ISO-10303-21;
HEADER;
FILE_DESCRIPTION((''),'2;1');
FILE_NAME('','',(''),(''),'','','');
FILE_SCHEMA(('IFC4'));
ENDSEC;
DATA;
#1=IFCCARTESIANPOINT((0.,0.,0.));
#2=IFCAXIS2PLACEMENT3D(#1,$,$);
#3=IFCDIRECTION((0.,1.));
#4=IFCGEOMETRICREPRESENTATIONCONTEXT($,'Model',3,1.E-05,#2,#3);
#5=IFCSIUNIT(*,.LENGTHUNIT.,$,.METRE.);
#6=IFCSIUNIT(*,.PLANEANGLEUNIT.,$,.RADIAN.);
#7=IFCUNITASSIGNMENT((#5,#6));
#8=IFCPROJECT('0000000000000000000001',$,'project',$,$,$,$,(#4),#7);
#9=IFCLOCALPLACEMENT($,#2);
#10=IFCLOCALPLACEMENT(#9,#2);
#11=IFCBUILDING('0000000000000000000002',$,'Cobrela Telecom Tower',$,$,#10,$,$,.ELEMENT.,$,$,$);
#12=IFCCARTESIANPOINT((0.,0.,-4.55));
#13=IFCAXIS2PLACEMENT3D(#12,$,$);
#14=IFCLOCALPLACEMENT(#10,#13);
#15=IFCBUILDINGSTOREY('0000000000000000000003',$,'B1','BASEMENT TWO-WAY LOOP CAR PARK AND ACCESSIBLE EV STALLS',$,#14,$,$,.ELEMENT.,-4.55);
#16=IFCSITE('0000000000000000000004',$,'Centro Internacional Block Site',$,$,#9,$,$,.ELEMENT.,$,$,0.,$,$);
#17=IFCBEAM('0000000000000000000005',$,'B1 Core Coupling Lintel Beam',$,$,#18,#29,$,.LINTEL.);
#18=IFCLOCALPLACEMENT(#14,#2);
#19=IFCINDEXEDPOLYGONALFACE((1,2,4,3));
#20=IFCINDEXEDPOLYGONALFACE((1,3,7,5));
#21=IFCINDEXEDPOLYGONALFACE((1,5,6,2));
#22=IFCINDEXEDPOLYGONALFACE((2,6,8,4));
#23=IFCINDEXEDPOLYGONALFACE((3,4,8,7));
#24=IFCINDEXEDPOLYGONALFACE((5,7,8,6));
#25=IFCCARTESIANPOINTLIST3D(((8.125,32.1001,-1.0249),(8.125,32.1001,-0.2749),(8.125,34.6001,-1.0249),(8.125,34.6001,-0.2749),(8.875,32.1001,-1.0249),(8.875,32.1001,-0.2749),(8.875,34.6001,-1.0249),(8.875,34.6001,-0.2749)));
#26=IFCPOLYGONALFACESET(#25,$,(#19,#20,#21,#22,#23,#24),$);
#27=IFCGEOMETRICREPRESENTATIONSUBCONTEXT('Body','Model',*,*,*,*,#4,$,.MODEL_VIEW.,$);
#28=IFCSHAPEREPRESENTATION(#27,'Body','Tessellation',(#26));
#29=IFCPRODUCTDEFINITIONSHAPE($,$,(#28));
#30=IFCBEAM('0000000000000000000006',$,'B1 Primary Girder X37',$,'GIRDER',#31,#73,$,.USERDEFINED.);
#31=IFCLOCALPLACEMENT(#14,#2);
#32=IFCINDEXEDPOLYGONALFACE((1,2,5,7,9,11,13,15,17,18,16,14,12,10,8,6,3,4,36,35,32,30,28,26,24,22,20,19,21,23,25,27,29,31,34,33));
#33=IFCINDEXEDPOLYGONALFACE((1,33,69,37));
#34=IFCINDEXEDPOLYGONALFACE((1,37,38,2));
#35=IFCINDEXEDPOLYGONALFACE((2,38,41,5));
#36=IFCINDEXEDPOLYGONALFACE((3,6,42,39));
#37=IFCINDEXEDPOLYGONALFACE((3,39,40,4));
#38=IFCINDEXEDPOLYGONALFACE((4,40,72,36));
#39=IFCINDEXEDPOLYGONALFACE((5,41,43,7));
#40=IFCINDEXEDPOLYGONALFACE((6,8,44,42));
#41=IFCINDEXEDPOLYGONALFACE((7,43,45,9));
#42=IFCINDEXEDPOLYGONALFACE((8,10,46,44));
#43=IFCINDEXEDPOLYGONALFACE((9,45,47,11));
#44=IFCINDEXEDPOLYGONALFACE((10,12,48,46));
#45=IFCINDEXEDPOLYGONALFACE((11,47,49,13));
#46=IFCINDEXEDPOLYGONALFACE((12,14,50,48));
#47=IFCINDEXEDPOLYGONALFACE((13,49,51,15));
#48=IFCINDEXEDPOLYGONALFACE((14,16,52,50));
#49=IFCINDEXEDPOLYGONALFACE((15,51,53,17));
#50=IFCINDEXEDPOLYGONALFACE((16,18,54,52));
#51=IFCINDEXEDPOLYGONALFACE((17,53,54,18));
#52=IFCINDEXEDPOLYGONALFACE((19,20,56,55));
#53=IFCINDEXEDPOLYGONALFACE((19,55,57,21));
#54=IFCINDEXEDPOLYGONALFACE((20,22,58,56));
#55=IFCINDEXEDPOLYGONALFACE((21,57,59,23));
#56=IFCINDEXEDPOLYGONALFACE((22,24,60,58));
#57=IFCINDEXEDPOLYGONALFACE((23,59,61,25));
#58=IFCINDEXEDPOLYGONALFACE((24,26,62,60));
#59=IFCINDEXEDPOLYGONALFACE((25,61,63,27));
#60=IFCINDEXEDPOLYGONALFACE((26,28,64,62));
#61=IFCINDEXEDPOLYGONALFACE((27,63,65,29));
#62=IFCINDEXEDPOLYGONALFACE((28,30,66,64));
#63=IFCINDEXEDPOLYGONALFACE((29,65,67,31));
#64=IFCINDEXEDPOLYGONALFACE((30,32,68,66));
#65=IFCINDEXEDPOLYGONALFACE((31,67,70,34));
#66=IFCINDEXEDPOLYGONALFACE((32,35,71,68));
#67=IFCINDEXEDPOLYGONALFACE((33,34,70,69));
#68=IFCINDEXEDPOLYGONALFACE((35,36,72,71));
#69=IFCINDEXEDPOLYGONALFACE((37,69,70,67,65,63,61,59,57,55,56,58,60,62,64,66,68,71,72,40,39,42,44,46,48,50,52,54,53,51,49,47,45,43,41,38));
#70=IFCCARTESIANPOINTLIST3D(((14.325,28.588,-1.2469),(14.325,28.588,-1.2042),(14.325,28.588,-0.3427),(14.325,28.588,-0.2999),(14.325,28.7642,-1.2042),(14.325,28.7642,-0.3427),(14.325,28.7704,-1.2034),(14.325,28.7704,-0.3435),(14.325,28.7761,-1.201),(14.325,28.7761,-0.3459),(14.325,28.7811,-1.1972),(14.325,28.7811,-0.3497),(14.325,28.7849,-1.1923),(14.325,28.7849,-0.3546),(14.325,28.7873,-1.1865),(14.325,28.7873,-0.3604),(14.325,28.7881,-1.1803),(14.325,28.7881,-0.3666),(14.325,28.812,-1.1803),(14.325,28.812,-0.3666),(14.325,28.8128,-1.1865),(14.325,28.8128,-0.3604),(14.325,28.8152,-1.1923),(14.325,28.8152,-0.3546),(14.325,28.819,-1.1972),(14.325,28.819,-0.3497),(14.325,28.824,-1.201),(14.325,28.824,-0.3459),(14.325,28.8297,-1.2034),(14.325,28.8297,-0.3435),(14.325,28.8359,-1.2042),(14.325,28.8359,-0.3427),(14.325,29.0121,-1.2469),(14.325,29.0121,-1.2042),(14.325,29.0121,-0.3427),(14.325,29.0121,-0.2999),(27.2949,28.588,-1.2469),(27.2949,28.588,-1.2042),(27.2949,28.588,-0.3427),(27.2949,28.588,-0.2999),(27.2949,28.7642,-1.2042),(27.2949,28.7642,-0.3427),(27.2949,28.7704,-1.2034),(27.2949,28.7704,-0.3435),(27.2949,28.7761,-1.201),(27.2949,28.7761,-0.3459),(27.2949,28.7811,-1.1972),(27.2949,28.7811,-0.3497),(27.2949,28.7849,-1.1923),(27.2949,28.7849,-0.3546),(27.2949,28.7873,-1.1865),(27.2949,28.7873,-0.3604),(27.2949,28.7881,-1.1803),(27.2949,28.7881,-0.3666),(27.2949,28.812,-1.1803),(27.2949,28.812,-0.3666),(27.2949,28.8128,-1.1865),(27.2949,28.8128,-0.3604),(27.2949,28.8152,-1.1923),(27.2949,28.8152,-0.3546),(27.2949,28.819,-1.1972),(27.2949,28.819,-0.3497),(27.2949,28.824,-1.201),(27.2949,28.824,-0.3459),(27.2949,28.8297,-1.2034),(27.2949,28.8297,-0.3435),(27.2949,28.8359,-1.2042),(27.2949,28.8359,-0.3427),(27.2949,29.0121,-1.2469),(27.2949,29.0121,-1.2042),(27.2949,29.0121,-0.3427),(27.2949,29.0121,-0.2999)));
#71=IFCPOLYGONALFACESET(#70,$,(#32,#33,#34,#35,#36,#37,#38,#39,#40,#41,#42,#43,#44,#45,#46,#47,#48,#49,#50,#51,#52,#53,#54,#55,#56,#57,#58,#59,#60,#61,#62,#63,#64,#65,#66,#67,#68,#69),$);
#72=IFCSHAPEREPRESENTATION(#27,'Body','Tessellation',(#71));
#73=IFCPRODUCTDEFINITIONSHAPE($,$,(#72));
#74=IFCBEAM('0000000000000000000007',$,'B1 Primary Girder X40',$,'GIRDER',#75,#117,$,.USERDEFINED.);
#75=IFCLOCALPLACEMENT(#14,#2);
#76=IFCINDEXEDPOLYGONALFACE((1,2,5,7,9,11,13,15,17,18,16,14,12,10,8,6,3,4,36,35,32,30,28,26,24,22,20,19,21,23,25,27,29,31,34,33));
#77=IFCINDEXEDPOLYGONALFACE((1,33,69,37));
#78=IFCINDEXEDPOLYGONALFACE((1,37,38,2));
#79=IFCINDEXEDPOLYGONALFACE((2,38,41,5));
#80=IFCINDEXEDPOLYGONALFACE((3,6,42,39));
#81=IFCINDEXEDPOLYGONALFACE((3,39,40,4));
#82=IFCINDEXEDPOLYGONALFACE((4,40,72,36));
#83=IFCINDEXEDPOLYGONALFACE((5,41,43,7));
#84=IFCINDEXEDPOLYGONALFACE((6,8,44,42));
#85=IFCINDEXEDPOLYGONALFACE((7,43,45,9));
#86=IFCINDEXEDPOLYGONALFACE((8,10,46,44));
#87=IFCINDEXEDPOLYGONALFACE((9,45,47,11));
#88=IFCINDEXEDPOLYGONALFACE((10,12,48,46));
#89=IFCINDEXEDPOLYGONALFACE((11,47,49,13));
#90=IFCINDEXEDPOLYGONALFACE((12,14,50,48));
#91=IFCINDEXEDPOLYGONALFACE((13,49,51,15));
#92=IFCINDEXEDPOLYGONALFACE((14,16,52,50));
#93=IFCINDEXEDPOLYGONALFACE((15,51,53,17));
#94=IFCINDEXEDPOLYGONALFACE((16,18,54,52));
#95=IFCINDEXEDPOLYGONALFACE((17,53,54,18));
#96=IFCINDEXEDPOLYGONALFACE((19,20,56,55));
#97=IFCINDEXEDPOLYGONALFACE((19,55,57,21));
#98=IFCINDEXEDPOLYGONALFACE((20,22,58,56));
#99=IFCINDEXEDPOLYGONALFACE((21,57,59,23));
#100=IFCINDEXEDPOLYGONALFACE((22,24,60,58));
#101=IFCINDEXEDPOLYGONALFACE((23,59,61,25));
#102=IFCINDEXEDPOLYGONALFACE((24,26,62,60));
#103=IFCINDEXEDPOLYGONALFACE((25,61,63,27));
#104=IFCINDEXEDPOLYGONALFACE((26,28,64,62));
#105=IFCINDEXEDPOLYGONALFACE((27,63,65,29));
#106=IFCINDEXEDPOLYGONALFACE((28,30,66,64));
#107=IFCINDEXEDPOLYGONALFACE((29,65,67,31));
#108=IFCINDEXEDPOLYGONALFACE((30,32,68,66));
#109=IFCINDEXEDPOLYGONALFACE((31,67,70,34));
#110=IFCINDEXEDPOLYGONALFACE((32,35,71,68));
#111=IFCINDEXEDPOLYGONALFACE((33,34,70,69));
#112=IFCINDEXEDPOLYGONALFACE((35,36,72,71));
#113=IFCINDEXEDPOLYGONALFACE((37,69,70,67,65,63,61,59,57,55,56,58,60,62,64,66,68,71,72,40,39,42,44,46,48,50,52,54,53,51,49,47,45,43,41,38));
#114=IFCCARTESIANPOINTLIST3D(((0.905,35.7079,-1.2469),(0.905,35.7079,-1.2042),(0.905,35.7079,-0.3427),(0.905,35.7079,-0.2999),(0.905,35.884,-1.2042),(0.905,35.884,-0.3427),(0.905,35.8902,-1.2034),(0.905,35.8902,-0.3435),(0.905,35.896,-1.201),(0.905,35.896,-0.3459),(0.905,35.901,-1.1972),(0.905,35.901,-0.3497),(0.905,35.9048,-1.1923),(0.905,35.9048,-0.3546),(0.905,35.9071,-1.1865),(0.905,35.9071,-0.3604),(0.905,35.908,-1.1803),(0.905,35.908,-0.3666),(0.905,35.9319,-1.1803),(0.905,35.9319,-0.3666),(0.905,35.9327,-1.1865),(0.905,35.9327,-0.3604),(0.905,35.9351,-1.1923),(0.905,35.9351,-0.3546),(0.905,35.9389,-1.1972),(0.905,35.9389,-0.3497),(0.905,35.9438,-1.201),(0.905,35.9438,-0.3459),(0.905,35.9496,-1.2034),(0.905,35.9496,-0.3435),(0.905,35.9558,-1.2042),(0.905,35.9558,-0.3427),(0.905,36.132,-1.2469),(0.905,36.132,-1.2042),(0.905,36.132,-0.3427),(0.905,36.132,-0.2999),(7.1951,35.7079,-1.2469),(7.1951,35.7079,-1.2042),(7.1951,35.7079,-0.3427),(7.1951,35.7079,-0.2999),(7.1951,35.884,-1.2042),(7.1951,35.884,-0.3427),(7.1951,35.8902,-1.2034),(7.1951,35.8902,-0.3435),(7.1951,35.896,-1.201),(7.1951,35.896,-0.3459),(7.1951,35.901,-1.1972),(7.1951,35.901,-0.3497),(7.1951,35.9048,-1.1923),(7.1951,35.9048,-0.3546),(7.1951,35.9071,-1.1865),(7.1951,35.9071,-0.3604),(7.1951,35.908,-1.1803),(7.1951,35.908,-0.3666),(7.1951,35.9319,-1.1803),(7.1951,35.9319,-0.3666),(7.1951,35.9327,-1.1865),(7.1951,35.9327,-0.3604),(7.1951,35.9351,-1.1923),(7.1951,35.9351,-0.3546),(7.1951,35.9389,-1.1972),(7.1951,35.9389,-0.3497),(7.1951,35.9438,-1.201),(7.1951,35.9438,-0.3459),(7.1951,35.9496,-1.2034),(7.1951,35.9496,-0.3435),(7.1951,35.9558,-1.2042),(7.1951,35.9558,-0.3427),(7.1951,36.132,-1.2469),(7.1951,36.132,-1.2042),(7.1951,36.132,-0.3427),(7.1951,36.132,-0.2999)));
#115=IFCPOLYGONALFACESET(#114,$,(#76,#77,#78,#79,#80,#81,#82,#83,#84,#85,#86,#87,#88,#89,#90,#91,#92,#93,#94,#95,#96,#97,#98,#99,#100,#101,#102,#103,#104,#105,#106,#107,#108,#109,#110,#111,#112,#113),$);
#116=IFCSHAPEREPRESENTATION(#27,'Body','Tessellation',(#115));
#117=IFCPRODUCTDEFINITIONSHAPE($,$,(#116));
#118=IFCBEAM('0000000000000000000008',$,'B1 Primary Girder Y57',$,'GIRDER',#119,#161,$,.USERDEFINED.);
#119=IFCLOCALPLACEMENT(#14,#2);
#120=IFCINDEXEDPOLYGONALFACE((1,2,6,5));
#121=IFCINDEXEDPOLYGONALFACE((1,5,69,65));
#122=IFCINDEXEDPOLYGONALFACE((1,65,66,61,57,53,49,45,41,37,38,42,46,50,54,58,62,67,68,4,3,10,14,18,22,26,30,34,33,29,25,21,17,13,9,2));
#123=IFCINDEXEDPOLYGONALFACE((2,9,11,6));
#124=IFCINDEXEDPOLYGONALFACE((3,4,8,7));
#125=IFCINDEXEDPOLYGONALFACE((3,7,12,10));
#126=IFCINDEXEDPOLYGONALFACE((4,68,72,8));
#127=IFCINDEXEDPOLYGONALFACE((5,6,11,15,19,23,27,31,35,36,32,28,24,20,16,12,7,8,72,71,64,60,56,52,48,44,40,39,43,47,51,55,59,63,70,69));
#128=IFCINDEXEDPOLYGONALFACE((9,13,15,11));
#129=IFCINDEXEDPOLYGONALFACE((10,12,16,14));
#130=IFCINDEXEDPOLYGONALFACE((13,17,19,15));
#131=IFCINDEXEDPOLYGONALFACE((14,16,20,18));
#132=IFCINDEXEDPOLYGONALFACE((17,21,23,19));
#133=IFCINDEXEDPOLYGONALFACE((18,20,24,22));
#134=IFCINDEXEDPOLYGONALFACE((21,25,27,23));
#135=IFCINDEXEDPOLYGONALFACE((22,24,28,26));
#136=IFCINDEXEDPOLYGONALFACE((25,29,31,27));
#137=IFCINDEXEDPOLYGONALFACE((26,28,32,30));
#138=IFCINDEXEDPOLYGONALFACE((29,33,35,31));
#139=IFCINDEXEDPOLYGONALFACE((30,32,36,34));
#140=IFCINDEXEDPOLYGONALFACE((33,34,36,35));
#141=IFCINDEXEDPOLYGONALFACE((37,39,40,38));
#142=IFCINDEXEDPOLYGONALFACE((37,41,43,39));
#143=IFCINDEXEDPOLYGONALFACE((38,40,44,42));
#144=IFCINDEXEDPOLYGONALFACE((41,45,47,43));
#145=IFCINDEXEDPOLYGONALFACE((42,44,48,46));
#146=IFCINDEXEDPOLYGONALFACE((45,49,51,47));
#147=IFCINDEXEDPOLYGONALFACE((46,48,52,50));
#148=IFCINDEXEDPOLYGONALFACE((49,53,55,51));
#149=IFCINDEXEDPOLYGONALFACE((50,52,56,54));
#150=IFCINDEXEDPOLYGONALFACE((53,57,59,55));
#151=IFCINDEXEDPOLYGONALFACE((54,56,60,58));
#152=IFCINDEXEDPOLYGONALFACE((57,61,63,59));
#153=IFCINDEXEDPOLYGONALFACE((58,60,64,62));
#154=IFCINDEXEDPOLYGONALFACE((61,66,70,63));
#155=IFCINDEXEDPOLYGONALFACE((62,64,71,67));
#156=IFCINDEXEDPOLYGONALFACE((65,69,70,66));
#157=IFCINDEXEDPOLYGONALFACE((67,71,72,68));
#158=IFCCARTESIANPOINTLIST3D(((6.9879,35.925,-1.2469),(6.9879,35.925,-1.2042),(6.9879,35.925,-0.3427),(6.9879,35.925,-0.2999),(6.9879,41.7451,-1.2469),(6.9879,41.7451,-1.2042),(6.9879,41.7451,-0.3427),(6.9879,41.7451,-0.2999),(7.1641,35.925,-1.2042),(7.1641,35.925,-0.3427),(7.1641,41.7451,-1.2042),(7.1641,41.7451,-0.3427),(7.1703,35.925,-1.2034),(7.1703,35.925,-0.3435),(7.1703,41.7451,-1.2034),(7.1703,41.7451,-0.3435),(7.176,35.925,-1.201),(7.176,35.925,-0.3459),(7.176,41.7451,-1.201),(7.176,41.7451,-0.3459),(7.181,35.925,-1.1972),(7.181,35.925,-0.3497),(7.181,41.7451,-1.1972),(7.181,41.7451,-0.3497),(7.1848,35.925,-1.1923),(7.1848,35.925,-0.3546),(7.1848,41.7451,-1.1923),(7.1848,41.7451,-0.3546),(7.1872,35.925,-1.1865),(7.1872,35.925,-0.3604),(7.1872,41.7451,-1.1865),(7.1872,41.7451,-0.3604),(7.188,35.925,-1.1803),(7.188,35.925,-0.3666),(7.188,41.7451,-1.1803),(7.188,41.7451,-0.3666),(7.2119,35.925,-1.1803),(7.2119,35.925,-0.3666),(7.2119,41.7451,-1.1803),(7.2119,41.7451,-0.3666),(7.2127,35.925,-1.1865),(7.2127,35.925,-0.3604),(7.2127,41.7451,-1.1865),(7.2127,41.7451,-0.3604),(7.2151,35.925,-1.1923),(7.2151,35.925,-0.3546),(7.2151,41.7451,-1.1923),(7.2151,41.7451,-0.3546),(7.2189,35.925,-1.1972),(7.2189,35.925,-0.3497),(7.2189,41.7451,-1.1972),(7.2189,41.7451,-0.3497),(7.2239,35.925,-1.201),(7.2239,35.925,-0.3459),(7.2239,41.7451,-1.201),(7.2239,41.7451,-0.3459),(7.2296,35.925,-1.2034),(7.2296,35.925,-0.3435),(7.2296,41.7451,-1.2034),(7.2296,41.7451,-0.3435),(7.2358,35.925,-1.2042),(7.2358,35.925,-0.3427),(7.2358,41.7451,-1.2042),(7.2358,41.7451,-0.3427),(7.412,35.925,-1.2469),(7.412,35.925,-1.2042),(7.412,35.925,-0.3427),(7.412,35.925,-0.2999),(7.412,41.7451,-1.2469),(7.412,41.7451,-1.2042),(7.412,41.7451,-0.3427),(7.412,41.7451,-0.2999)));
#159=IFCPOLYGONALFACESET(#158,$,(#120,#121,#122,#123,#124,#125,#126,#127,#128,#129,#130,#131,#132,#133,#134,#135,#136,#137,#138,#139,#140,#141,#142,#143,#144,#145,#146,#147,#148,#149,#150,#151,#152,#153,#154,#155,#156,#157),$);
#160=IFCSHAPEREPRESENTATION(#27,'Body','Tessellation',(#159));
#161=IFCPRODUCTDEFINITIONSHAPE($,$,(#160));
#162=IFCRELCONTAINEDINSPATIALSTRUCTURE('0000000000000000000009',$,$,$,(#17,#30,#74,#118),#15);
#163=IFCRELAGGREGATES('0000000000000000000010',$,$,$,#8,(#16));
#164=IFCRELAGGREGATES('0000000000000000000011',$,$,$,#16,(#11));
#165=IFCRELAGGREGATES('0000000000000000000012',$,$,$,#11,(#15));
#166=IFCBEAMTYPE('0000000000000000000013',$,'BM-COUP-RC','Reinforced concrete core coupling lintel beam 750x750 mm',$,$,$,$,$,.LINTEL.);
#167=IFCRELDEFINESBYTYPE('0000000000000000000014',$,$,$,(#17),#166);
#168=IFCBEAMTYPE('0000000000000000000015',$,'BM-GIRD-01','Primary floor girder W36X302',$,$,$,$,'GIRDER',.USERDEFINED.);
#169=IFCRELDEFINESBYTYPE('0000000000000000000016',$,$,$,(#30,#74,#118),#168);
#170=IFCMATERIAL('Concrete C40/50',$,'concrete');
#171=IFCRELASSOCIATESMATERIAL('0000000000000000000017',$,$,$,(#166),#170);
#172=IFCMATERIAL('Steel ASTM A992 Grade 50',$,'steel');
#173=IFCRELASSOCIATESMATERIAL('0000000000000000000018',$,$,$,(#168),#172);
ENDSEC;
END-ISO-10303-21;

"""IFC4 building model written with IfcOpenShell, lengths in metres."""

from ifc_helpers import new_model, si_unit, direction, frame, origin, origin_2d, place, context, subcontext, project, spatial, rectangle, i_section, extrude, material, material_profile, profile_set, type_object, element, save


model = new_model("IFC4")

# Units and contexts
model_context = context("Model", 3, precision=1e-05, world=origin(), true_north=direction((0.0, 1.0)))
body_context = subcontext(model_context, "Body", "Model", "MODEL_VIEW")
ifc_project = project(units=[si_unit("LENGTHUNIT", "METRE"), si_unit("PLANEANGLEUNIT", "RADIAN")], contexts=[model_context])

# Site, building, storey
site_placement = place(None, origin())
site = spatial("IfcSite", under=ifc_project, at=site_placement, Name="Centro Internacional Block Site", CompositionType="ELEMENT", RefElevation=0.0)
building_placement = place(site_placement, origin())
building = spatial("IfcBuilding", under=site, at=building_placement, Name="Cobrela Telecom Tower", CompositionType="ELEMENT")
storey_placement = place(building_placement, frame((0.0, 0.0, -4.55)))
storey = spatial("IfcBuildingStorey", under=building, at=storey_placement, Name="B1", Description="BASEMENT TWO-WAY LOOP CAR PARK AND ACCESSIBLE EV STALLS", CompositionType="ELEMENT", Elevation=-4.55)

# Beams
ifc_material_1 = material(Name="Concrete C40/50", Category="concrete")
ifc_material_profile_1 = material_profile(ifc_material_1, rectangle(XDim=0.75, YDim=0.75, at=origin_2d()), Name="RC 750x750")
ifc_profile_set_1 = profile_set([ifc_material_profile_1], Name="Concrete C40/50")
beam_type_1 = type_object("IfcBeamType", Name="BM-COUP-RC", Description="Reinforced concrete core coupling lintel beam 750x750 mm", PredefinedType="LINTEL", material=ifc_profile_set_1)
beam_1_placement = place(storey_placement, frame((8.5, 32.1001, -0.6499), z_axis=(0.0, 1.0, 0.0), x_axis=(-1.0, 0.0, 0.0)))
element("IfcBeam", 1, at=beam_1_placement, inside=storey, type_object=beam_type_1, Name="B1 Core Coupling Lintel Beam", PredefinedType="LINTEL", context=body_context, shape_type="SweptSolid", body=[
    extrude(rectangle(XDim=0.75, YDim=0.75, at=origin_2d()), origin(), (0.0, 0.0, 1.0), 2.5),
])
ifc_material_2 = material(Name="Steel ASTM A992 Grade 50", Category="steel")
ifc_material_profile_2 = material_profile(ifc_material_2, i_section(OverallWidth=0.4241, OverallDepth=0.947, WebThickness=0.0239, FlangeThickness=0.0427, FilletRadius=0.0239, at=origin_2d()), Name="W36X302")
ifc_profile_set_2 = profile_set([ifc_material_profile_2], Name="Steel ASTM A992 Grade 50")
beam_type_2 = type_object("IfcBeamType", Name="BM-GIRD-01", Description="Primary floor girder W36X302", ElementType="GIRDER", PredefinedType="USERDEFINED", material=ifc_profile_set_2)
beam_2_placement = place(storey_placement, frame((14.325, 28.8, -0.7734), z_axis=(1.0, 0.0, 0.0), x_axis=(0.0, 1.0, 0.0)))
element("IfcBeam", 2, at=beam_2_placement, inside=storey, type_object=beam_type_2, Name="B1 Primary Girder X37", ObjectType="GIRDER", PredefinedType="USERDEFINED", context=body_context, shape_type="SweptSolid", body=[
    extrude(i_section(OverallWidth=0.4241, OverallDepth=0.947, WebThickness=0.0239, FlangeThickness=0.0427, FilletRadius=0.0239, at=origin_2d()), origin(), (0.0, 0.0, 1.0), 12.97),
])
beam_3_placement = place(storey_placement, frame((0.905, 35.9199, -0.7734), z_axis=(1.0, 0.0, 0.0), x_axis=(0.0, 1.0, 0.0)))
element("IfcBeam", 3, at=beam_3_placement, inside=storey, type_object=beam_type_2, Name="B1 Primary Girder X40", ObjectType="GIRDER", PredefinedType="USERDEFINED", context=body_context, shape_type="SweptSolid", body=[
    extrude(i_section(OverallWidth=0.4241, OverallDepth=0.947, WebThickness=0.0239, FlangeThickness=0.0427, FilletRadius=0.0239, at=origin_2d()), origin(), (0.0, 0.0, 1.0), 6.29),
])
beam_4_placement = place(storey_placement, frame((7.2, 35.925, -0.7734), z_axis=(0.0, 1.0, 0.0), x_axis=(-1.0, 0.0, 0.0)))
element("IfcBeam", 4, at=beam_4_placement, inside=storey, type_object=beam_type_2, Name="B1 Primary Girder Y57", ObjectType="GIRDER", PredefinedType="USERDEFINED", context=body_context, shape_type="SweptSolid", body=[
    extrude(i_section(OverallWidth=0.4241, OverallDepth=0.947, WebThickness=0.0239, FlangeThickness=0.0427, FilletRadius=0.0239, at=origin_2d()), origin(), (0.0, 0.0, 1.0), 5.8201),
])

save(model, "model.ifc")
